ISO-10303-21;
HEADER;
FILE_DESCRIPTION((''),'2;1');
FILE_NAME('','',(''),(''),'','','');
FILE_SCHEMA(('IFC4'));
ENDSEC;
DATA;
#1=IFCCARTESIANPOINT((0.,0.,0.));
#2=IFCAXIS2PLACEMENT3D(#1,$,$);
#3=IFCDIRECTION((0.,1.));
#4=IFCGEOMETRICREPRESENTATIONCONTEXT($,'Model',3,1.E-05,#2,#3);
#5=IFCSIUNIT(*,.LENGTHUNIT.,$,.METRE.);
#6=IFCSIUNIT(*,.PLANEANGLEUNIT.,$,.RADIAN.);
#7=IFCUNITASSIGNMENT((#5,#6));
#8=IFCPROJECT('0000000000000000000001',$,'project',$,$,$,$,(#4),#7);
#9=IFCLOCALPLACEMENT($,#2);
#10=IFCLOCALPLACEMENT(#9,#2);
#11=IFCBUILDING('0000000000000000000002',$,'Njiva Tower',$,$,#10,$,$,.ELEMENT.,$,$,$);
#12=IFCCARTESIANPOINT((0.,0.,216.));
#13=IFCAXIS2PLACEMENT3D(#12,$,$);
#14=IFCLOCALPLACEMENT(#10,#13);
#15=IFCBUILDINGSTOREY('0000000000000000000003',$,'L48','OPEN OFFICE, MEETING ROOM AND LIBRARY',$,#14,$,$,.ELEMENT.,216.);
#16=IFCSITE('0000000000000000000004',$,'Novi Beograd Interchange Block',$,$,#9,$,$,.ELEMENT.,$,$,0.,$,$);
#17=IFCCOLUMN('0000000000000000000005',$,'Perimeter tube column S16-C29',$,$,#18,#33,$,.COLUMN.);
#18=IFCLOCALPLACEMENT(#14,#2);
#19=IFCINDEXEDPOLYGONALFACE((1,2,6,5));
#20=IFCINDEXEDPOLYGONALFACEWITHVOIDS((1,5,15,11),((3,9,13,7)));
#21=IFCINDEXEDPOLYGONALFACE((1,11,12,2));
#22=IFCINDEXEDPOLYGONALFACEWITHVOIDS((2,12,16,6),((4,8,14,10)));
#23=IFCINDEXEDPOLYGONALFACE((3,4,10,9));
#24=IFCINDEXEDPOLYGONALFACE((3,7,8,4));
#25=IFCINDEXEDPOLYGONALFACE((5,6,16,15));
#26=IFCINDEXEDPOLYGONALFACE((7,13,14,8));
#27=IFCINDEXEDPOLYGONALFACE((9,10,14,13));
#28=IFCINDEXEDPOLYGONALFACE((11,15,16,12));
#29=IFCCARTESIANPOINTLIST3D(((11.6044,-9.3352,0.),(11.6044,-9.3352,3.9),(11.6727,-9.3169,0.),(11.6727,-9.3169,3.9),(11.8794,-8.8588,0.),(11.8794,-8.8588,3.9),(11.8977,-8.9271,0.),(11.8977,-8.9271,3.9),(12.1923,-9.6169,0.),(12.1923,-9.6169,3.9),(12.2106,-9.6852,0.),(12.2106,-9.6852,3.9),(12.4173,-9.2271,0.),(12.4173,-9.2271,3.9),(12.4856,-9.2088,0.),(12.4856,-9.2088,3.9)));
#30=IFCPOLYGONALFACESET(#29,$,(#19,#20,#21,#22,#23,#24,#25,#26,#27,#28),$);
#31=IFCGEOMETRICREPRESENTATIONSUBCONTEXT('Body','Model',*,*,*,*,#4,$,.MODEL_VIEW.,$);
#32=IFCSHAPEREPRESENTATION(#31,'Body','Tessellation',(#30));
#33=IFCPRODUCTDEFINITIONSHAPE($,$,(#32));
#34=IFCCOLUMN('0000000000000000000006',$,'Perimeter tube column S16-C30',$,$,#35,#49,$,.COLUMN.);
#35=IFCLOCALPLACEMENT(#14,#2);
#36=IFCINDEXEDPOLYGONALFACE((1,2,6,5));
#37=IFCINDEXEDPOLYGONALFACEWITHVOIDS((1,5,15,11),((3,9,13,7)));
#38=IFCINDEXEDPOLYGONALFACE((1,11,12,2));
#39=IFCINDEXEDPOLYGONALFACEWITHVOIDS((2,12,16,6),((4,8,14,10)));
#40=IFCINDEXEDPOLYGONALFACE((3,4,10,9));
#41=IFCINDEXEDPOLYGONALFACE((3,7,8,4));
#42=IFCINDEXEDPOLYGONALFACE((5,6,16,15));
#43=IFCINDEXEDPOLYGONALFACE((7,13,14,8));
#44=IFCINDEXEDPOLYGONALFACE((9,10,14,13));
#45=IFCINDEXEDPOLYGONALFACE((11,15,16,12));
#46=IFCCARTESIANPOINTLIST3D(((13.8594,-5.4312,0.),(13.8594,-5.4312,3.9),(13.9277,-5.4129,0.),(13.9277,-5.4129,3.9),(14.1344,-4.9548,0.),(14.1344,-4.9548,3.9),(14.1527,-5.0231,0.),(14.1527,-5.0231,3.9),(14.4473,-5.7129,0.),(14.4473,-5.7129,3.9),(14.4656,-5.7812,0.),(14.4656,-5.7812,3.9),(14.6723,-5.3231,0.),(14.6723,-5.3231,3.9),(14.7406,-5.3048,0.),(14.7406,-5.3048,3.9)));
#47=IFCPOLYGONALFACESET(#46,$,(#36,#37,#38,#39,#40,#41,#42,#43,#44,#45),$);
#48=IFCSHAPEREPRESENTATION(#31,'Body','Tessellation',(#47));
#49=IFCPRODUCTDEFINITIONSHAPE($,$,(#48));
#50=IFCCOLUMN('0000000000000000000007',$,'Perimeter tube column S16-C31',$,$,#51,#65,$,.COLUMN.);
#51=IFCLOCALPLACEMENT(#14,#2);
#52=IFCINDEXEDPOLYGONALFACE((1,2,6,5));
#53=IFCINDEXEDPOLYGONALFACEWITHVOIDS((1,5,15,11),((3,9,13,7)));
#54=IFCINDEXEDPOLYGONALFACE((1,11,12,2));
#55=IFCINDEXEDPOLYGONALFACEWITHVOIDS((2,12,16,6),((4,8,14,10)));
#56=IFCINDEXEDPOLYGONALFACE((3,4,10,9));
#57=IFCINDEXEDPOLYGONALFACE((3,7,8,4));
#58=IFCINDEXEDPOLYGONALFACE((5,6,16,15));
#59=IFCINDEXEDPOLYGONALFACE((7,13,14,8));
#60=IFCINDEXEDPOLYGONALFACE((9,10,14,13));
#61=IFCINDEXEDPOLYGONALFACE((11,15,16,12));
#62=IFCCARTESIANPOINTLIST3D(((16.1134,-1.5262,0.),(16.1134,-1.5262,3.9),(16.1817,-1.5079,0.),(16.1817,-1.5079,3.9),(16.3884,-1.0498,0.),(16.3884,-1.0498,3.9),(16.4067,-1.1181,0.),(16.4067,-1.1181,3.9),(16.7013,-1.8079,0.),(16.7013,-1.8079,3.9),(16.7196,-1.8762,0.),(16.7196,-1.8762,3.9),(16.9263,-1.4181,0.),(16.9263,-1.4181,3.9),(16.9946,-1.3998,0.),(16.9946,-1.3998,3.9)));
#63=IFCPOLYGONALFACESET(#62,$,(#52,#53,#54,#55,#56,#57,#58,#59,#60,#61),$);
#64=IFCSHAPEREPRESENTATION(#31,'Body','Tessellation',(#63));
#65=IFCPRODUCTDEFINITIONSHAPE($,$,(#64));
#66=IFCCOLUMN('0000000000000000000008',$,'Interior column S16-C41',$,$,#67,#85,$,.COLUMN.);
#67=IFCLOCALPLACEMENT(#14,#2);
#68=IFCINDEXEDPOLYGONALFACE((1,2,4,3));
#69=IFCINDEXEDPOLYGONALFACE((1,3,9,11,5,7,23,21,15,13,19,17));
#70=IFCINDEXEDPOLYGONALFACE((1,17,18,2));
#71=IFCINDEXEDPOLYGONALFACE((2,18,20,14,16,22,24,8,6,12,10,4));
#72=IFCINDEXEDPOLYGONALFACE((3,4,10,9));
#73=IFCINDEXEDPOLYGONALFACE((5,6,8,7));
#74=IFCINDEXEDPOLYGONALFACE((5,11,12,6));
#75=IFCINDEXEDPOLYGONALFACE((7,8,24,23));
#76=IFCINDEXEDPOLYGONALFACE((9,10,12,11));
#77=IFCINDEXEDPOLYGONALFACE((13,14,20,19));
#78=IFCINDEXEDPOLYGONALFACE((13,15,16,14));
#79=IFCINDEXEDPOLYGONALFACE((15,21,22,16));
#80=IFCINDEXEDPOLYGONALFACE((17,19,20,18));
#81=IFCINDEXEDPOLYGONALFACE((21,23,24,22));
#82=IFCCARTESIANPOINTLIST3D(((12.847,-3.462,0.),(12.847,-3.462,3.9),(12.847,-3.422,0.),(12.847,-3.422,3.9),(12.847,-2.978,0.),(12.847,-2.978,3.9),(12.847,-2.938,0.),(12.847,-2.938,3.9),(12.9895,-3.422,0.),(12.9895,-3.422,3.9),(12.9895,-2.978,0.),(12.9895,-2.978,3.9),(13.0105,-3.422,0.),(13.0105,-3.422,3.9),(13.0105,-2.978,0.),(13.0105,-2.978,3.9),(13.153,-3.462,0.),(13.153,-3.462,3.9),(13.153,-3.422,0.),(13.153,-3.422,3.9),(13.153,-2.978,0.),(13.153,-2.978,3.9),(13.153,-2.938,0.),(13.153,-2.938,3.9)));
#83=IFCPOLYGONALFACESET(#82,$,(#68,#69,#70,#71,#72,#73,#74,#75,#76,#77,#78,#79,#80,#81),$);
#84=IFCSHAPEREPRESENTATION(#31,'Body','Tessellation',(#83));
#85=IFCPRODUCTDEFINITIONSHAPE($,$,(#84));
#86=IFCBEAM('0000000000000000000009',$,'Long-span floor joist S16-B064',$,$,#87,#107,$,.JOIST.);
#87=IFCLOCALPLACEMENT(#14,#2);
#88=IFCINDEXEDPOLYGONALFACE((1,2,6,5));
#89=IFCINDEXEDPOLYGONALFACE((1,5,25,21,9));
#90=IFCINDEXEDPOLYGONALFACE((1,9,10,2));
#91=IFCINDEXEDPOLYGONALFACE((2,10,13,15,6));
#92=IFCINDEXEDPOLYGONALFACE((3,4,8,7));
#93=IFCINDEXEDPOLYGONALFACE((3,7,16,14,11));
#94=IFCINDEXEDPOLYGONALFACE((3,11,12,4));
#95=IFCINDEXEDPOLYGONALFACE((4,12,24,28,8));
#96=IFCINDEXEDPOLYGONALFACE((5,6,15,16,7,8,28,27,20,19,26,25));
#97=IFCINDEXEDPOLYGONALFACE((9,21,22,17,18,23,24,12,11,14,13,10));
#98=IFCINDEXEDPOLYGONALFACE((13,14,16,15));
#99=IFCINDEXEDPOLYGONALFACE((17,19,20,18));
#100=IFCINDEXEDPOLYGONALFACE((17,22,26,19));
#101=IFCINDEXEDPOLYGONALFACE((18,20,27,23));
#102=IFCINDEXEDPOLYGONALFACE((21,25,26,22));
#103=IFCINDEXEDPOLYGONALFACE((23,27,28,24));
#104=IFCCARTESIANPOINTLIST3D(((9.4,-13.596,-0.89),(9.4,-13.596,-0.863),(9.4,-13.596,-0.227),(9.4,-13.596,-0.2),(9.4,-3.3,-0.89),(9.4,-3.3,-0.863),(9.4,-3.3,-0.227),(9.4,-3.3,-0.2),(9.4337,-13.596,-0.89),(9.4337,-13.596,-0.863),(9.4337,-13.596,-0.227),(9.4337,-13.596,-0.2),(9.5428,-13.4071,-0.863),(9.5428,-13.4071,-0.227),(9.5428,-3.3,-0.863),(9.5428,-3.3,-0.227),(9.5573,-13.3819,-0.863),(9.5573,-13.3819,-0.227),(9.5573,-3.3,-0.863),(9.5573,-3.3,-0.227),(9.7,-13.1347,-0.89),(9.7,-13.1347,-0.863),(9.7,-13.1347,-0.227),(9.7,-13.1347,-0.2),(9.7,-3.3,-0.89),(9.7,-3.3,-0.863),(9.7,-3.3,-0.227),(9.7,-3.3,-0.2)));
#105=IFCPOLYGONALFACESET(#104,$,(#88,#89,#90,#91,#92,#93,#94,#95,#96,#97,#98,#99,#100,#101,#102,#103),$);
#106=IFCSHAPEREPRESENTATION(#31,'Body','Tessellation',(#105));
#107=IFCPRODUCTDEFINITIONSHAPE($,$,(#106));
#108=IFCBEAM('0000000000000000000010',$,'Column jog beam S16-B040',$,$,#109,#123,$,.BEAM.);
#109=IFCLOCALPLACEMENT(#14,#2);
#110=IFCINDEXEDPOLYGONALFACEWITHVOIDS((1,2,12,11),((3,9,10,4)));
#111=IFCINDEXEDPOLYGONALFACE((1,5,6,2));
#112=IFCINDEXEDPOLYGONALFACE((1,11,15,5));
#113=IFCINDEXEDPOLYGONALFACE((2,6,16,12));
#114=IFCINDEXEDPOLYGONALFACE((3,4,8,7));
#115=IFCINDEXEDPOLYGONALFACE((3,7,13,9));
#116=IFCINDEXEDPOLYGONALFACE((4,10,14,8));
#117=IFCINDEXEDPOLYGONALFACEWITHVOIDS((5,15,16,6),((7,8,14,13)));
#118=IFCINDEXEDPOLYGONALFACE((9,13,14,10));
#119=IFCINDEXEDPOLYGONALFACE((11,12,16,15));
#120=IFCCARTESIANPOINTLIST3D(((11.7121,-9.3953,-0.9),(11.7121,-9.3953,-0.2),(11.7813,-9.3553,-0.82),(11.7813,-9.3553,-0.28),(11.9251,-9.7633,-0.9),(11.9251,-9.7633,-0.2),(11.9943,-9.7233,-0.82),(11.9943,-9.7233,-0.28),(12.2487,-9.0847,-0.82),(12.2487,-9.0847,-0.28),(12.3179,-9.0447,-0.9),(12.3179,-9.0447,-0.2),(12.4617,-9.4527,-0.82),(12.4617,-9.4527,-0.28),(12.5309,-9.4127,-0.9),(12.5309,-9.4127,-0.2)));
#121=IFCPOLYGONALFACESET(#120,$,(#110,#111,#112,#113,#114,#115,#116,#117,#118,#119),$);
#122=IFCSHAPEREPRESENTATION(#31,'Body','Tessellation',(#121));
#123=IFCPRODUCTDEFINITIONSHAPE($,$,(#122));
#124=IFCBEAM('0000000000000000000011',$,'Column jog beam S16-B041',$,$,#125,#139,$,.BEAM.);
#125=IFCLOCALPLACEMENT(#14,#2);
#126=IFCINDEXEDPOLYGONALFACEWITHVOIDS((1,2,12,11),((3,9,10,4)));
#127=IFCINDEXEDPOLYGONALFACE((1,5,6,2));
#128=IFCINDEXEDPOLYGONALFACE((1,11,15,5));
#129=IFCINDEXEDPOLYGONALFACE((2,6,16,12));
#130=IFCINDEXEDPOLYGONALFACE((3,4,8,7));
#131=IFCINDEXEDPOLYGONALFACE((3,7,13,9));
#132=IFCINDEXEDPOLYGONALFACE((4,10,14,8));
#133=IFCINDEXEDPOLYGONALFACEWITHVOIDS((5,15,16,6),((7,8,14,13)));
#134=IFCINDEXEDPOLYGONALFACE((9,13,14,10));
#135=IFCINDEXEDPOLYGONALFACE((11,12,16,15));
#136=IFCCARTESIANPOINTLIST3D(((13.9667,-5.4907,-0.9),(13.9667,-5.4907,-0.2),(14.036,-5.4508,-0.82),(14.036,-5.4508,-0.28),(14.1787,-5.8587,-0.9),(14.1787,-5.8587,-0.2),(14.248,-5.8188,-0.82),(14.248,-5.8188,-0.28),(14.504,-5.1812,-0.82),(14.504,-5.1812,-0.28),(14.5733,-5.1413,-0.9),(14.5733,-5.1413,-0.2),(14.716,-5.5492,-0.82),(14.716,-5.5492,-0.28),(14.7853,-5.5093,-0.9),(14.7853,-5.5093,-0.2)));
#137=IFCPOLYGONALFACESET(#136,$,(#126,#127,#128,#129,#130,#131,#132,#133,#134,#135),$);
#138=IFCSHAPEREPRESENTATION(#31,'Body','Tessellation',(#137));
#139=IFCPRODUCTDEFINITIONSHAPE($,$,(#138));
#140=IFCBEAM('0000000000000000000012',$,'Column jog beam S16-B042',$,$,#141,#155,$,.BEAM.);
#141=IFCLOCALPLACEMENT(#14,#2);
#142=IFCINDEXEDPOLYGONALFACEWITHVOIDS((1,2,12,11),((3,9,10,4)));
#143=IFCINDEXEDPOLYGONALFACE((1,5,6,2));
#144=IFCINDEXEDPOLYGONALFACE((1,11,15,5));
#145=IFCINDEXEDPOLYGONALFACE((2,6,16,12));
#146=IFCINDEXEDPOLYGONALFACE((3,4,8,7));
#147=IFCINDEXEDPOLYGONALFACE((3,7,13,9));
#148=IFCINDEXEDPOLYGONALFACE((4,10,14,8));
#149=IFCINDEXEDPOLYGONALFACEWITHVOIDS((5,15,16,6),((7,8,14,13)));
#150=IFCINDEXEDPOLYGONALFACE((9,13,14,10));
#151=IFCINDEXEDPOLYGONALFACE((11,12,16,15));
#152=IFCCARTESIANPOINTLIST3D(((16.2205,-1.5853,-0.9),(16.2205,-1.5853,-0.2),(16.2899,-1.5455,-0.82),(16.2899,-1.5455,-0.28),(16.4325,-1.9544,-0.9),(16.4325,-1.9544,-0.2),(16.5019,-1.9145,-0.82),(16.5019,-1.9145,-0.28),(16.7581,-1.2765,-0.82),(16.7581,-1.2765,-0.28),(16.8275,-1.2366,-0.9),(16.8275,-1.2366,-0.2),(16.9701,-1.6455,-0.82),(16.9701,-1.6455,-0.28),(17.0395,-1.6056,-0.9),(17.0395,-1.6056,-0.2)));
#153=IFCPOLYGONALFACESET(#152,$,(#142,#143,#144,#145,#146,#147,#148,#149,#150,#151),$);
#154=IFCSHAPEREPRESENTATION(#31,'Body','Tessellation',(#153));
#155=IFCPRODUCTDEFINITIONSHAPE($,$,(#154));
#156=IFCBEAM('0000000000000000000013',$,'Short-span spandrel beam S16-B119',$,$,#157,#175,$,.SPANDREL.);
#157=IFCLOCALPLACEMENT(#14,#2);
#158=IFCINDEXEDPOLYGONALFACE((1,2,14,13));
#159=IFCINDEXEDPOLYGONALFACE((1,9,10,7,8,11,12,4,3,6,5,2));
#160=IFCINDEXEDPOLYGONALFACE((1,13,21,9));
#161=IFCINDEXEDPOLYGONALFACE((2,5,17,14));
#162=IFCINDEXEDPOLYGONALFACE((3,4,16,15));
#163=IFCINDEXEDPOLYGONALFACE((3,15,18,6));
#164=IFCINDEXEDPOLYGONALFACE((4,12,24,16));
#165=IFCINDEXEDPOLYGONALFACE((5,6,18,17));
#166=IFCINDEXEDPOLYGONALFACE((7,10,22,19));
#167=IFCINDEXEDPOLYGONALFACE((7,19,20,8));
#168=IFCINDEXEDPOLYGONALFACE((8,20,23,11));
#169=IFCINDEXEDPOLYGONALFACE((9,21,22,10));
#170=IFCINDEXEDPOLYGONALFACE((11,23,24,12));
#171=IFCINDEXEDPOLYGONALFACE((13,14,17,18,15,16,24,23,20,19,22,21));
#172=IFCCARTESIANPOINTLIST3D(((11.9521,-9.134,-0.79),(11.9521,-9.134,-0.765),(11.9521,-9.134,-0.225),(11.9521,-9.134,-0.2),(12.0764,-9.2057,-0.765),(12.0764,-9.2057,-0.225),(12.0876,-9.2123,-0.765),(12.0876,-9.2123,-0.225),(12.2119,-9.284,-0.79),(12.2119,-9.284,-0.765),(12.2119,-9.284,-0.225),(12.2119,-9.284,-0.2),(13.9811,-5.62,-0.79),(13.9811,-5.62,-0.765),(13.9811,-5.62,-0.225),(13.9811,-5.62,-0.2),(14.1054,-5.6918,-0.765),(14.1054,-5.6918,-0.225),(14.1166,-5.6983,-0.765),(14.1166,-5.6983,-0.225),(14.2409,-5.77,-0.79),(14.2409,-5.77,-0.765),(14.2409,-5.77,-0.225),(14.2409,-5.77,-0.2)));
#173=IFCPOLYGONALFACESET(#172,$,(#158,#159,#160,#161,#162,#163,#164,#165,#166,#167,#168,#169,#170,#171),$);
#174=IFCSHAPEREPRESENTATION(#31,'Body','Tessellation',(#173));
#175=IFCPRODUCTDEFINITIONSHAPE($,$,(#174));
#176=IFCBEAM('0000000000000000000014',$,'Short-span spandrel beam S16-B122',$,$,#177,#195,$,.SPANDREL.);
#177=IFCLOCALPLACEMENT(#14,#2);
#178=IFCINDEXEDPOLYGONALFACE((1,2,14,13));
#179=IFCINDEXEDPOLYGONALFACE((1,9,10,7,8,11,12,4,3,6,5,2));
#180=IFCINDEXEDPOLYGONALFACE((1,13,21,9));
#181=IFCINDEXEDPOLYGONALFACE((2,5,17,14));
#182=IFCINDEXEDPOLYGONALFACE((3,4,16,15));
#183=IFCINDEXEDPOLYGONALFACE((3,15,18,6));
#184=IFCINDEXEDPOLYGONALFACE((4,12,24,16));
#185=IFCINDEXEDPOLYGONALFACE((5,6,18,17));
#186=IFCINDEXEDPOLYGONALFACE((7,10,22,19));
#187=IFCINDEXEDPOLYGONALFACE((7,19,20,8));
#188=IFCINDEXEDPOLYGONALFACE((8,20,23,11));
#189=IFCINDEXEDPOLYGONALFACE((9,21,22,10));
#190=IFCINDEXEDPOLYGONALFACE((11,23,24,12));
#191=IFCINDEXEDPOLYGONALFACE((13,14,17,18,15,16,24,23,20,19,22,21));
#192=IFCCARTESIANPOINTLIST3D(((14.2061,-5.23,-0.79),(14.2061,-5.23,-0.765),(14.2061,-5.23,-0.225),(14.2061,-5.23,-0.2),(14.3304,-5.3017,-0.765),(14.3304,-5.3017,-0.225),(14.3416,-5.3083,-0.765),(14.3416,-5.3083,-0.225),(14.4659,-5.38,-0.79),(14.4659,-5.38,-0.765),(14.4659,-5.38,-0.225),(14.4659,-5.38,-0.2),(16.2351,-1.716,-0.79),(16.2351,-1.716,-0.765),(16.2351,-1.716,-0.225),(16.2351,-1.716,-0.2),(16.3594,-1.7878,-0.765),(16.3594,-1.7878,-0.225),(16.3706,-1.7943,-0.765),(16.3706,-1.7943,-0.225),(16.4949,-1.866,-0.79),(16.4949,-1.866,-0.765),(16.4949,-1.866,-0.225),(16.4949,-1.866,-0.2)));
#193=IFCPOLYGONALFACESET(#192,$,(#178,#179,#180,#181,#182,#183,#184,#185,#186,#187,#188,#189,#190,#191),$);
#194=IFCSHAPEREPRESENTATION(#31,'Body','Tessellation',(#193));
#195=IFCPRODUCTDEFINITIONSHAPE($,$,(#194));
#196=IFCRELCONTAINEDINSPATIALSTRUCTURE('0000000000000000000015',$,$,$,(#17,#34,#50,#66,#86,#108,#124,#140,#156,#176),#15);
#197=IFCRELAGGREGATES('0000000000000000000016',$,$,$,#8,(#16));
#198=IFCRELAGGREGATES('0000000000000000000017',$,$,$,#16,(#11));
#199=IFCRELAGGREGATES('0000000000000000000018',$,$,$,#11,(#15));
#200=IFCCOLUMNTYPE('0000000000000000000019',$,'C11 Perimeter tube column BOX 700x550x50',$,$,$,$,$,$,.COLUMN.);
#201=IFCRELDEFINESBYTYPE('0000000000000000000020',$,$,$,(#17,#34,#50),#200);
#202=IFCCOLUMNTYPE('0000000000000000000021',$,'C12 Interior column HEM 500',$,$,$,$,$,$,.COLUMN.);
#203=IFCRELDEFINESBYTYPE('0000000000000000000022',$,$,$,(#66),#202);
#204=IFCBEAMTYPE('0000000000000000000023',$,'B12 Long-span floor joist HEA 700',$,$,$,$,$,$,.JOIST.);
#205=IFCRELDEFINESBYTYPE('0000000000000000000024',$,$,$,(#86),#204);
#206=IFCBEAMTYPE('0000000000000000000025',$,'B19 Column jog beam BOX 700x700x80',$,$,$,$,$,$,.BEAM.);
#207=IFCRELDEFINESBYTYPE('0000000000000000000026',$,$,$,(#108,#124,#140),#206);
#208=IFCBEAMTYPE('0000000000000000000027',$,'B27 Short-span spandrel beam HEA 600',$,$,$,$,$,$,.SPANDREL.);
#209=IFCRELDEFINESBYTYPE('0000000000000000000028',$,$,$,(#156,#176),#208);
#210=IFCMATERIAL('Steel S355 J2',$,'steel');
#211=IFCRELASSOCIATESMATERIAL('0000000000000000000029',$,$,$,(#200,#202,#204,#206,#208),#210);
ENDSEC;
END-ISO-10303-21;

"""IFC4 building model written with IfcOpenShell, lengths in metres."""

from ifc_helpers import new_model, si_unit, direction, frame, origin, origin_2d, place, context, subcontext, project, spatial, hollow_rectangle, i_section, extrude, clip, halfspace, material, material_profile, profile_set, type_object, element, save


model = new_model("IFC4")

# Units and contexts
model_context = context("Model", 3, precision=1e-05, world=origin(), true_north=direction((0.0, 1.0)))
body_context = subcontext(model_context, "Body", "Model", "MODEL_VIEW")
ifc_project = project(units=[si_unit("LENGTHUNIT", "METRE"), si_unit("PLANEANGLEUNIT", "RADIAN")], contexts=[model_context])

# Site, building, storey
site_placement = place(None, origin())
site = spatial("IfcSite", under=ifc_project, at=site_placement, Name="Novi Beograd Interchange Block", CompositionType="ELEMENT", RefElevation=0.0)
building_placement = place(site_placement, origin())
building = spatial("IfcBuilding", under=site, at=building_placement, Name="Njiva Tower", CompositionType="ELEMENT")
storey_placement = place(building_placement, frame((0.0, 0.0, 216.0)))
storey = spatial("IfcBuildingStorey", under=building, at=storey_placement, Name="L48", Description="OPEN OFFICE, MEETING ROOM AND LIBRARY", CompositionType="ELEMENT", Elevation=216.0)

# Columns
ifc_material_1 = material(Name="Steel S355 J2", Category="steel")
ifc_material_profile_1 = material_profile(ifc_material_1, hollow_rectangle(XDim=0.55, YDim=0.7, WallThickness=0.05, at=origin_2d()), Name="BOX 700x550x50")
ifc_profile_set_1 = profile_set([ifc_material_profile_1], Name="Steel S355 J2")
column_type_1 = type_object("IfcColumnType", Name="C11 Perimeter tube column BOX 700x550x50", PredefinedType="COLUMN", material=ifc_profile_set_1)
for number, where, z_axis, x_axis, name in (
    (1, (12.045, -9.272, 0.0), (0.0, 0.0, 1.0), (0.5, 0.866025, 0.0), "Perimeter tube column S16-C29"),
    (2, (14.3, -5.368, 0.0), (0.0, 0.0, 1.0), (0.5, 0.866025, 0.0), "Perimeter tube column S16-C30"),
    (3, (16.554, -1.463, 0.0), (0.0, 0.0, 1.0), (0.5, 0.866025, 0.0), "Perimeter tube column S16-C31"),
):
    element("IfcColumn", number, at=place(storey_placement, frame(where, z_axis=z_axis, x_axis=x_axis)), inside=storey, type_object=column_type_1, Name=name, PredefinedType="COLUMN", context=body_context, shape_type="SweptSolid", body=[
        extrude(hollow_rectangle(XDim=0.55, YDim=0.7, WallThickness=0.05, at=origin_2d()), origin(), (0.0, 0.0, 1.0), 3.9),
    ])
ifc_material_profile_2 = material_profile(ifc_material_1, i_section(OverallWidth=0.306, OverallDepth=0.524, WebThickness=0.021, FlangeThickness=0.04, at=origin_2d()), Name="HEM 500")
ifc_profile_set_2 = profile_set([ifc_material_profile_2], Name="Steel S355 J2")
column_type_2 = type_object("IfcColumnType", Name="C12 Interior column HEM 500", PredefinedType="COLUMN", material=ifc_profile_set_2)
column_placement = place(storey_placement, frame((13.0, -3.2, 0.0), z_axis=(0.0, 0.0, 1.0), x_axis=(1.0, 0.0, 0.0)))
element("IfcColumn", 4, at=column_placement, inside=storey, type_object=column_type_2, Name="Interior column S16-C41", PredefinedType="COLUMN", context=body_context, shape_type="SweptSolid", body=[
    extrude(i_section(OverallWidth=0.306, OverallDepth=0.524, WebThickness=0.021, FlangeThickness=0.04, at=origin_2d()), origin(), (0.0, 0.0, 1.0), 3.9),
])

# Beams
ifc_material_profile_3 = material_profile(ifc_material_1, i_section(OverallWidth=0.3, OverallDepth=0.69, WebThickness=0.0145, FlangeThickness=0.027, at=origin_2d()), Name="HEA 700")
ifc_profile_set_3 = profile_set([ifc_material_profile_3], Name="Steel S355 J2")
beam_type_1 = type_object("IfcBeamType", Name="B12 Long-span floor joist HEA 700", PredefinedType="JOIST", material=ifc_profile_set_3)
beam_1_placement = place(storey_placement, frame((9.55, -3.3, -0.545), z_axis=(0.0, -1.0, 0.0), x_axis=(1.0, 0.0, 0.0)))
element("IfcBeam", 5, at=beam_1_placement, inside=storey, type_object=beam_type_1, Name="Long-span floor joist S16-B064", PredefinedType="JOIST", context=body_context, shape_type="Clipping", body=[
    clip(extrude(i_section(OverallWidth=0.3, OverallDepth=0.69, WebThickness=0.0145, FlangeThickness=0.027, at=origin_2d()), origin(), (0.0, 0.0, 1.0), 10.296), halfspace(frame((0.0433, 0.0, 10.0195), z_axis=(0.866027, 0.0, 0.499998), x_axis=(0.0, 1.0, 0.0)), False)),
])
ifc_material_profile_4 = material_profile(ifc_material_1, hollow_rectangle(XDim=0.7, YDim=0.7, WallThickness=0.08, at=origin_2d()), Name="BOX 700x700x80")
ifc_profile_set_4 = profile_set([ifc_material_profile_4], Name="Steel S355 J2")
beam_type_2 = type_object("IfcBeamType", Name="B19 Column jog beam BOX 700x700x80", PredefinedType="BEAM", material=ifc_profile_set_4)
beam_2_placement = place(storey_placement, frame((12.228, -9.588, -0.55), z_axis=(-0.500944, 0.86548, 0.0), x_axis=(-0.86548, -0.500944, 0.0)))
element("IfcBeam", 6, at=beam_2_placement, inside=storey, type_object=beam_type_2, Name="Column jog beam S16-B040", PredefinedType="BEAM", context=body_context, shape_type="SweptSolid", body=[
    extrude(hollow_rectangle(XDim=0.7, YDim=0.7, WallThickness=0.08, at=origin_2d()), origin(), (0.0, 0.0, 1.0), 0.4252),
])
beam_3_placement = place(storey_placement, frame((14.482, -5.684, -0.55), z_axis=(-0.499179, 0.866499, 0.0), x_axis=(-0.866499, -0.499179, 0.0)))
element("IfcBeam", 7, at=beam_3_placement, inside=storey, type_object=beam_type_2, Name="Column jog beam S16-B041", PredefinedType="BEAM", context=body_context, shape_type="SweptSolid", body=[
    extrude(hollow_rectangle(XDim=0.7, YDim=0.7, WallThickness=0.08, at=origin_2d()), origin(), (0.0, 0.0, 1.0), 0.4247),
])
beam_4_placement = place(storey_placement, frame((16.736, -1.78, -0.55), z_axis=(-0.498162, 0.867084, 0.0), x_axis=(-0.867084, -0.498162, 0.0)))
element("IfcBeam", 8, at=beam_4_placement, inside=storey, type_object=beam_type_2, Name="Column jog beam S16-B042", PredefinedType="BEAM", context=body_context, shape_type="SweptSolid", body=[
    extrude(hollow_rectangle(XDim=0.7, YDim=0.7, WallThickness=0.08, at=origin_2d()), origin(), (0.0, 0.0, 1.0), 0.4256),
])
ifc_material_profile_5 = material_profile(ifc_material_1, i_section(OverallWidth=0.3, OverallDepth=0.59, WebThickness=0.013, FlangeThickness=0.025, at=origin_2d()), Name="HEA 600")
ifc_profile_set_5 = profile_set([ifc_material_profile_5], Name="Steel S355 J2")
beam_type_3 = type_object("IfcBeamType", Name="B27 Short-span spandrel beam HEA 600", PredefinedType="SPANDREL", material=ifc_profile_set_5)
for number, where, z_axis, x_axis, name in (
    (9, (12.082, -9.209, -0.495), (0.500035, 0.866005, 0.0), (-0.866005, 0.500035, 0.0), "Short-span spandrel beam S16-B119"),
    (10, (14.336, -5.305, -0.495), (0.500035, 0.866005, 0.0), (-0.866005, 0.500035, 0.0), "Short-span spandrel beam S16-B122"),
):
    element("IfcBeam", number, at=place(storey_placement, frame(where, z_axis=z_axis, x_axis=x_axis)), inside=storey, type_object=beam_type_3, Name=name, PredefinedType="SPANDREL", context=body_context, shape_type="SweptSolid", body=[
        extrude(i_section(OverallWidth=0.3, OverallDepth=0.59, WebThickness=0.013, FlangeThickness=0.025, at=origin_2d()), origin(), (0.0, 0.0, 1.0), 4.0577),
    ])

save(model, "model.ifc")
